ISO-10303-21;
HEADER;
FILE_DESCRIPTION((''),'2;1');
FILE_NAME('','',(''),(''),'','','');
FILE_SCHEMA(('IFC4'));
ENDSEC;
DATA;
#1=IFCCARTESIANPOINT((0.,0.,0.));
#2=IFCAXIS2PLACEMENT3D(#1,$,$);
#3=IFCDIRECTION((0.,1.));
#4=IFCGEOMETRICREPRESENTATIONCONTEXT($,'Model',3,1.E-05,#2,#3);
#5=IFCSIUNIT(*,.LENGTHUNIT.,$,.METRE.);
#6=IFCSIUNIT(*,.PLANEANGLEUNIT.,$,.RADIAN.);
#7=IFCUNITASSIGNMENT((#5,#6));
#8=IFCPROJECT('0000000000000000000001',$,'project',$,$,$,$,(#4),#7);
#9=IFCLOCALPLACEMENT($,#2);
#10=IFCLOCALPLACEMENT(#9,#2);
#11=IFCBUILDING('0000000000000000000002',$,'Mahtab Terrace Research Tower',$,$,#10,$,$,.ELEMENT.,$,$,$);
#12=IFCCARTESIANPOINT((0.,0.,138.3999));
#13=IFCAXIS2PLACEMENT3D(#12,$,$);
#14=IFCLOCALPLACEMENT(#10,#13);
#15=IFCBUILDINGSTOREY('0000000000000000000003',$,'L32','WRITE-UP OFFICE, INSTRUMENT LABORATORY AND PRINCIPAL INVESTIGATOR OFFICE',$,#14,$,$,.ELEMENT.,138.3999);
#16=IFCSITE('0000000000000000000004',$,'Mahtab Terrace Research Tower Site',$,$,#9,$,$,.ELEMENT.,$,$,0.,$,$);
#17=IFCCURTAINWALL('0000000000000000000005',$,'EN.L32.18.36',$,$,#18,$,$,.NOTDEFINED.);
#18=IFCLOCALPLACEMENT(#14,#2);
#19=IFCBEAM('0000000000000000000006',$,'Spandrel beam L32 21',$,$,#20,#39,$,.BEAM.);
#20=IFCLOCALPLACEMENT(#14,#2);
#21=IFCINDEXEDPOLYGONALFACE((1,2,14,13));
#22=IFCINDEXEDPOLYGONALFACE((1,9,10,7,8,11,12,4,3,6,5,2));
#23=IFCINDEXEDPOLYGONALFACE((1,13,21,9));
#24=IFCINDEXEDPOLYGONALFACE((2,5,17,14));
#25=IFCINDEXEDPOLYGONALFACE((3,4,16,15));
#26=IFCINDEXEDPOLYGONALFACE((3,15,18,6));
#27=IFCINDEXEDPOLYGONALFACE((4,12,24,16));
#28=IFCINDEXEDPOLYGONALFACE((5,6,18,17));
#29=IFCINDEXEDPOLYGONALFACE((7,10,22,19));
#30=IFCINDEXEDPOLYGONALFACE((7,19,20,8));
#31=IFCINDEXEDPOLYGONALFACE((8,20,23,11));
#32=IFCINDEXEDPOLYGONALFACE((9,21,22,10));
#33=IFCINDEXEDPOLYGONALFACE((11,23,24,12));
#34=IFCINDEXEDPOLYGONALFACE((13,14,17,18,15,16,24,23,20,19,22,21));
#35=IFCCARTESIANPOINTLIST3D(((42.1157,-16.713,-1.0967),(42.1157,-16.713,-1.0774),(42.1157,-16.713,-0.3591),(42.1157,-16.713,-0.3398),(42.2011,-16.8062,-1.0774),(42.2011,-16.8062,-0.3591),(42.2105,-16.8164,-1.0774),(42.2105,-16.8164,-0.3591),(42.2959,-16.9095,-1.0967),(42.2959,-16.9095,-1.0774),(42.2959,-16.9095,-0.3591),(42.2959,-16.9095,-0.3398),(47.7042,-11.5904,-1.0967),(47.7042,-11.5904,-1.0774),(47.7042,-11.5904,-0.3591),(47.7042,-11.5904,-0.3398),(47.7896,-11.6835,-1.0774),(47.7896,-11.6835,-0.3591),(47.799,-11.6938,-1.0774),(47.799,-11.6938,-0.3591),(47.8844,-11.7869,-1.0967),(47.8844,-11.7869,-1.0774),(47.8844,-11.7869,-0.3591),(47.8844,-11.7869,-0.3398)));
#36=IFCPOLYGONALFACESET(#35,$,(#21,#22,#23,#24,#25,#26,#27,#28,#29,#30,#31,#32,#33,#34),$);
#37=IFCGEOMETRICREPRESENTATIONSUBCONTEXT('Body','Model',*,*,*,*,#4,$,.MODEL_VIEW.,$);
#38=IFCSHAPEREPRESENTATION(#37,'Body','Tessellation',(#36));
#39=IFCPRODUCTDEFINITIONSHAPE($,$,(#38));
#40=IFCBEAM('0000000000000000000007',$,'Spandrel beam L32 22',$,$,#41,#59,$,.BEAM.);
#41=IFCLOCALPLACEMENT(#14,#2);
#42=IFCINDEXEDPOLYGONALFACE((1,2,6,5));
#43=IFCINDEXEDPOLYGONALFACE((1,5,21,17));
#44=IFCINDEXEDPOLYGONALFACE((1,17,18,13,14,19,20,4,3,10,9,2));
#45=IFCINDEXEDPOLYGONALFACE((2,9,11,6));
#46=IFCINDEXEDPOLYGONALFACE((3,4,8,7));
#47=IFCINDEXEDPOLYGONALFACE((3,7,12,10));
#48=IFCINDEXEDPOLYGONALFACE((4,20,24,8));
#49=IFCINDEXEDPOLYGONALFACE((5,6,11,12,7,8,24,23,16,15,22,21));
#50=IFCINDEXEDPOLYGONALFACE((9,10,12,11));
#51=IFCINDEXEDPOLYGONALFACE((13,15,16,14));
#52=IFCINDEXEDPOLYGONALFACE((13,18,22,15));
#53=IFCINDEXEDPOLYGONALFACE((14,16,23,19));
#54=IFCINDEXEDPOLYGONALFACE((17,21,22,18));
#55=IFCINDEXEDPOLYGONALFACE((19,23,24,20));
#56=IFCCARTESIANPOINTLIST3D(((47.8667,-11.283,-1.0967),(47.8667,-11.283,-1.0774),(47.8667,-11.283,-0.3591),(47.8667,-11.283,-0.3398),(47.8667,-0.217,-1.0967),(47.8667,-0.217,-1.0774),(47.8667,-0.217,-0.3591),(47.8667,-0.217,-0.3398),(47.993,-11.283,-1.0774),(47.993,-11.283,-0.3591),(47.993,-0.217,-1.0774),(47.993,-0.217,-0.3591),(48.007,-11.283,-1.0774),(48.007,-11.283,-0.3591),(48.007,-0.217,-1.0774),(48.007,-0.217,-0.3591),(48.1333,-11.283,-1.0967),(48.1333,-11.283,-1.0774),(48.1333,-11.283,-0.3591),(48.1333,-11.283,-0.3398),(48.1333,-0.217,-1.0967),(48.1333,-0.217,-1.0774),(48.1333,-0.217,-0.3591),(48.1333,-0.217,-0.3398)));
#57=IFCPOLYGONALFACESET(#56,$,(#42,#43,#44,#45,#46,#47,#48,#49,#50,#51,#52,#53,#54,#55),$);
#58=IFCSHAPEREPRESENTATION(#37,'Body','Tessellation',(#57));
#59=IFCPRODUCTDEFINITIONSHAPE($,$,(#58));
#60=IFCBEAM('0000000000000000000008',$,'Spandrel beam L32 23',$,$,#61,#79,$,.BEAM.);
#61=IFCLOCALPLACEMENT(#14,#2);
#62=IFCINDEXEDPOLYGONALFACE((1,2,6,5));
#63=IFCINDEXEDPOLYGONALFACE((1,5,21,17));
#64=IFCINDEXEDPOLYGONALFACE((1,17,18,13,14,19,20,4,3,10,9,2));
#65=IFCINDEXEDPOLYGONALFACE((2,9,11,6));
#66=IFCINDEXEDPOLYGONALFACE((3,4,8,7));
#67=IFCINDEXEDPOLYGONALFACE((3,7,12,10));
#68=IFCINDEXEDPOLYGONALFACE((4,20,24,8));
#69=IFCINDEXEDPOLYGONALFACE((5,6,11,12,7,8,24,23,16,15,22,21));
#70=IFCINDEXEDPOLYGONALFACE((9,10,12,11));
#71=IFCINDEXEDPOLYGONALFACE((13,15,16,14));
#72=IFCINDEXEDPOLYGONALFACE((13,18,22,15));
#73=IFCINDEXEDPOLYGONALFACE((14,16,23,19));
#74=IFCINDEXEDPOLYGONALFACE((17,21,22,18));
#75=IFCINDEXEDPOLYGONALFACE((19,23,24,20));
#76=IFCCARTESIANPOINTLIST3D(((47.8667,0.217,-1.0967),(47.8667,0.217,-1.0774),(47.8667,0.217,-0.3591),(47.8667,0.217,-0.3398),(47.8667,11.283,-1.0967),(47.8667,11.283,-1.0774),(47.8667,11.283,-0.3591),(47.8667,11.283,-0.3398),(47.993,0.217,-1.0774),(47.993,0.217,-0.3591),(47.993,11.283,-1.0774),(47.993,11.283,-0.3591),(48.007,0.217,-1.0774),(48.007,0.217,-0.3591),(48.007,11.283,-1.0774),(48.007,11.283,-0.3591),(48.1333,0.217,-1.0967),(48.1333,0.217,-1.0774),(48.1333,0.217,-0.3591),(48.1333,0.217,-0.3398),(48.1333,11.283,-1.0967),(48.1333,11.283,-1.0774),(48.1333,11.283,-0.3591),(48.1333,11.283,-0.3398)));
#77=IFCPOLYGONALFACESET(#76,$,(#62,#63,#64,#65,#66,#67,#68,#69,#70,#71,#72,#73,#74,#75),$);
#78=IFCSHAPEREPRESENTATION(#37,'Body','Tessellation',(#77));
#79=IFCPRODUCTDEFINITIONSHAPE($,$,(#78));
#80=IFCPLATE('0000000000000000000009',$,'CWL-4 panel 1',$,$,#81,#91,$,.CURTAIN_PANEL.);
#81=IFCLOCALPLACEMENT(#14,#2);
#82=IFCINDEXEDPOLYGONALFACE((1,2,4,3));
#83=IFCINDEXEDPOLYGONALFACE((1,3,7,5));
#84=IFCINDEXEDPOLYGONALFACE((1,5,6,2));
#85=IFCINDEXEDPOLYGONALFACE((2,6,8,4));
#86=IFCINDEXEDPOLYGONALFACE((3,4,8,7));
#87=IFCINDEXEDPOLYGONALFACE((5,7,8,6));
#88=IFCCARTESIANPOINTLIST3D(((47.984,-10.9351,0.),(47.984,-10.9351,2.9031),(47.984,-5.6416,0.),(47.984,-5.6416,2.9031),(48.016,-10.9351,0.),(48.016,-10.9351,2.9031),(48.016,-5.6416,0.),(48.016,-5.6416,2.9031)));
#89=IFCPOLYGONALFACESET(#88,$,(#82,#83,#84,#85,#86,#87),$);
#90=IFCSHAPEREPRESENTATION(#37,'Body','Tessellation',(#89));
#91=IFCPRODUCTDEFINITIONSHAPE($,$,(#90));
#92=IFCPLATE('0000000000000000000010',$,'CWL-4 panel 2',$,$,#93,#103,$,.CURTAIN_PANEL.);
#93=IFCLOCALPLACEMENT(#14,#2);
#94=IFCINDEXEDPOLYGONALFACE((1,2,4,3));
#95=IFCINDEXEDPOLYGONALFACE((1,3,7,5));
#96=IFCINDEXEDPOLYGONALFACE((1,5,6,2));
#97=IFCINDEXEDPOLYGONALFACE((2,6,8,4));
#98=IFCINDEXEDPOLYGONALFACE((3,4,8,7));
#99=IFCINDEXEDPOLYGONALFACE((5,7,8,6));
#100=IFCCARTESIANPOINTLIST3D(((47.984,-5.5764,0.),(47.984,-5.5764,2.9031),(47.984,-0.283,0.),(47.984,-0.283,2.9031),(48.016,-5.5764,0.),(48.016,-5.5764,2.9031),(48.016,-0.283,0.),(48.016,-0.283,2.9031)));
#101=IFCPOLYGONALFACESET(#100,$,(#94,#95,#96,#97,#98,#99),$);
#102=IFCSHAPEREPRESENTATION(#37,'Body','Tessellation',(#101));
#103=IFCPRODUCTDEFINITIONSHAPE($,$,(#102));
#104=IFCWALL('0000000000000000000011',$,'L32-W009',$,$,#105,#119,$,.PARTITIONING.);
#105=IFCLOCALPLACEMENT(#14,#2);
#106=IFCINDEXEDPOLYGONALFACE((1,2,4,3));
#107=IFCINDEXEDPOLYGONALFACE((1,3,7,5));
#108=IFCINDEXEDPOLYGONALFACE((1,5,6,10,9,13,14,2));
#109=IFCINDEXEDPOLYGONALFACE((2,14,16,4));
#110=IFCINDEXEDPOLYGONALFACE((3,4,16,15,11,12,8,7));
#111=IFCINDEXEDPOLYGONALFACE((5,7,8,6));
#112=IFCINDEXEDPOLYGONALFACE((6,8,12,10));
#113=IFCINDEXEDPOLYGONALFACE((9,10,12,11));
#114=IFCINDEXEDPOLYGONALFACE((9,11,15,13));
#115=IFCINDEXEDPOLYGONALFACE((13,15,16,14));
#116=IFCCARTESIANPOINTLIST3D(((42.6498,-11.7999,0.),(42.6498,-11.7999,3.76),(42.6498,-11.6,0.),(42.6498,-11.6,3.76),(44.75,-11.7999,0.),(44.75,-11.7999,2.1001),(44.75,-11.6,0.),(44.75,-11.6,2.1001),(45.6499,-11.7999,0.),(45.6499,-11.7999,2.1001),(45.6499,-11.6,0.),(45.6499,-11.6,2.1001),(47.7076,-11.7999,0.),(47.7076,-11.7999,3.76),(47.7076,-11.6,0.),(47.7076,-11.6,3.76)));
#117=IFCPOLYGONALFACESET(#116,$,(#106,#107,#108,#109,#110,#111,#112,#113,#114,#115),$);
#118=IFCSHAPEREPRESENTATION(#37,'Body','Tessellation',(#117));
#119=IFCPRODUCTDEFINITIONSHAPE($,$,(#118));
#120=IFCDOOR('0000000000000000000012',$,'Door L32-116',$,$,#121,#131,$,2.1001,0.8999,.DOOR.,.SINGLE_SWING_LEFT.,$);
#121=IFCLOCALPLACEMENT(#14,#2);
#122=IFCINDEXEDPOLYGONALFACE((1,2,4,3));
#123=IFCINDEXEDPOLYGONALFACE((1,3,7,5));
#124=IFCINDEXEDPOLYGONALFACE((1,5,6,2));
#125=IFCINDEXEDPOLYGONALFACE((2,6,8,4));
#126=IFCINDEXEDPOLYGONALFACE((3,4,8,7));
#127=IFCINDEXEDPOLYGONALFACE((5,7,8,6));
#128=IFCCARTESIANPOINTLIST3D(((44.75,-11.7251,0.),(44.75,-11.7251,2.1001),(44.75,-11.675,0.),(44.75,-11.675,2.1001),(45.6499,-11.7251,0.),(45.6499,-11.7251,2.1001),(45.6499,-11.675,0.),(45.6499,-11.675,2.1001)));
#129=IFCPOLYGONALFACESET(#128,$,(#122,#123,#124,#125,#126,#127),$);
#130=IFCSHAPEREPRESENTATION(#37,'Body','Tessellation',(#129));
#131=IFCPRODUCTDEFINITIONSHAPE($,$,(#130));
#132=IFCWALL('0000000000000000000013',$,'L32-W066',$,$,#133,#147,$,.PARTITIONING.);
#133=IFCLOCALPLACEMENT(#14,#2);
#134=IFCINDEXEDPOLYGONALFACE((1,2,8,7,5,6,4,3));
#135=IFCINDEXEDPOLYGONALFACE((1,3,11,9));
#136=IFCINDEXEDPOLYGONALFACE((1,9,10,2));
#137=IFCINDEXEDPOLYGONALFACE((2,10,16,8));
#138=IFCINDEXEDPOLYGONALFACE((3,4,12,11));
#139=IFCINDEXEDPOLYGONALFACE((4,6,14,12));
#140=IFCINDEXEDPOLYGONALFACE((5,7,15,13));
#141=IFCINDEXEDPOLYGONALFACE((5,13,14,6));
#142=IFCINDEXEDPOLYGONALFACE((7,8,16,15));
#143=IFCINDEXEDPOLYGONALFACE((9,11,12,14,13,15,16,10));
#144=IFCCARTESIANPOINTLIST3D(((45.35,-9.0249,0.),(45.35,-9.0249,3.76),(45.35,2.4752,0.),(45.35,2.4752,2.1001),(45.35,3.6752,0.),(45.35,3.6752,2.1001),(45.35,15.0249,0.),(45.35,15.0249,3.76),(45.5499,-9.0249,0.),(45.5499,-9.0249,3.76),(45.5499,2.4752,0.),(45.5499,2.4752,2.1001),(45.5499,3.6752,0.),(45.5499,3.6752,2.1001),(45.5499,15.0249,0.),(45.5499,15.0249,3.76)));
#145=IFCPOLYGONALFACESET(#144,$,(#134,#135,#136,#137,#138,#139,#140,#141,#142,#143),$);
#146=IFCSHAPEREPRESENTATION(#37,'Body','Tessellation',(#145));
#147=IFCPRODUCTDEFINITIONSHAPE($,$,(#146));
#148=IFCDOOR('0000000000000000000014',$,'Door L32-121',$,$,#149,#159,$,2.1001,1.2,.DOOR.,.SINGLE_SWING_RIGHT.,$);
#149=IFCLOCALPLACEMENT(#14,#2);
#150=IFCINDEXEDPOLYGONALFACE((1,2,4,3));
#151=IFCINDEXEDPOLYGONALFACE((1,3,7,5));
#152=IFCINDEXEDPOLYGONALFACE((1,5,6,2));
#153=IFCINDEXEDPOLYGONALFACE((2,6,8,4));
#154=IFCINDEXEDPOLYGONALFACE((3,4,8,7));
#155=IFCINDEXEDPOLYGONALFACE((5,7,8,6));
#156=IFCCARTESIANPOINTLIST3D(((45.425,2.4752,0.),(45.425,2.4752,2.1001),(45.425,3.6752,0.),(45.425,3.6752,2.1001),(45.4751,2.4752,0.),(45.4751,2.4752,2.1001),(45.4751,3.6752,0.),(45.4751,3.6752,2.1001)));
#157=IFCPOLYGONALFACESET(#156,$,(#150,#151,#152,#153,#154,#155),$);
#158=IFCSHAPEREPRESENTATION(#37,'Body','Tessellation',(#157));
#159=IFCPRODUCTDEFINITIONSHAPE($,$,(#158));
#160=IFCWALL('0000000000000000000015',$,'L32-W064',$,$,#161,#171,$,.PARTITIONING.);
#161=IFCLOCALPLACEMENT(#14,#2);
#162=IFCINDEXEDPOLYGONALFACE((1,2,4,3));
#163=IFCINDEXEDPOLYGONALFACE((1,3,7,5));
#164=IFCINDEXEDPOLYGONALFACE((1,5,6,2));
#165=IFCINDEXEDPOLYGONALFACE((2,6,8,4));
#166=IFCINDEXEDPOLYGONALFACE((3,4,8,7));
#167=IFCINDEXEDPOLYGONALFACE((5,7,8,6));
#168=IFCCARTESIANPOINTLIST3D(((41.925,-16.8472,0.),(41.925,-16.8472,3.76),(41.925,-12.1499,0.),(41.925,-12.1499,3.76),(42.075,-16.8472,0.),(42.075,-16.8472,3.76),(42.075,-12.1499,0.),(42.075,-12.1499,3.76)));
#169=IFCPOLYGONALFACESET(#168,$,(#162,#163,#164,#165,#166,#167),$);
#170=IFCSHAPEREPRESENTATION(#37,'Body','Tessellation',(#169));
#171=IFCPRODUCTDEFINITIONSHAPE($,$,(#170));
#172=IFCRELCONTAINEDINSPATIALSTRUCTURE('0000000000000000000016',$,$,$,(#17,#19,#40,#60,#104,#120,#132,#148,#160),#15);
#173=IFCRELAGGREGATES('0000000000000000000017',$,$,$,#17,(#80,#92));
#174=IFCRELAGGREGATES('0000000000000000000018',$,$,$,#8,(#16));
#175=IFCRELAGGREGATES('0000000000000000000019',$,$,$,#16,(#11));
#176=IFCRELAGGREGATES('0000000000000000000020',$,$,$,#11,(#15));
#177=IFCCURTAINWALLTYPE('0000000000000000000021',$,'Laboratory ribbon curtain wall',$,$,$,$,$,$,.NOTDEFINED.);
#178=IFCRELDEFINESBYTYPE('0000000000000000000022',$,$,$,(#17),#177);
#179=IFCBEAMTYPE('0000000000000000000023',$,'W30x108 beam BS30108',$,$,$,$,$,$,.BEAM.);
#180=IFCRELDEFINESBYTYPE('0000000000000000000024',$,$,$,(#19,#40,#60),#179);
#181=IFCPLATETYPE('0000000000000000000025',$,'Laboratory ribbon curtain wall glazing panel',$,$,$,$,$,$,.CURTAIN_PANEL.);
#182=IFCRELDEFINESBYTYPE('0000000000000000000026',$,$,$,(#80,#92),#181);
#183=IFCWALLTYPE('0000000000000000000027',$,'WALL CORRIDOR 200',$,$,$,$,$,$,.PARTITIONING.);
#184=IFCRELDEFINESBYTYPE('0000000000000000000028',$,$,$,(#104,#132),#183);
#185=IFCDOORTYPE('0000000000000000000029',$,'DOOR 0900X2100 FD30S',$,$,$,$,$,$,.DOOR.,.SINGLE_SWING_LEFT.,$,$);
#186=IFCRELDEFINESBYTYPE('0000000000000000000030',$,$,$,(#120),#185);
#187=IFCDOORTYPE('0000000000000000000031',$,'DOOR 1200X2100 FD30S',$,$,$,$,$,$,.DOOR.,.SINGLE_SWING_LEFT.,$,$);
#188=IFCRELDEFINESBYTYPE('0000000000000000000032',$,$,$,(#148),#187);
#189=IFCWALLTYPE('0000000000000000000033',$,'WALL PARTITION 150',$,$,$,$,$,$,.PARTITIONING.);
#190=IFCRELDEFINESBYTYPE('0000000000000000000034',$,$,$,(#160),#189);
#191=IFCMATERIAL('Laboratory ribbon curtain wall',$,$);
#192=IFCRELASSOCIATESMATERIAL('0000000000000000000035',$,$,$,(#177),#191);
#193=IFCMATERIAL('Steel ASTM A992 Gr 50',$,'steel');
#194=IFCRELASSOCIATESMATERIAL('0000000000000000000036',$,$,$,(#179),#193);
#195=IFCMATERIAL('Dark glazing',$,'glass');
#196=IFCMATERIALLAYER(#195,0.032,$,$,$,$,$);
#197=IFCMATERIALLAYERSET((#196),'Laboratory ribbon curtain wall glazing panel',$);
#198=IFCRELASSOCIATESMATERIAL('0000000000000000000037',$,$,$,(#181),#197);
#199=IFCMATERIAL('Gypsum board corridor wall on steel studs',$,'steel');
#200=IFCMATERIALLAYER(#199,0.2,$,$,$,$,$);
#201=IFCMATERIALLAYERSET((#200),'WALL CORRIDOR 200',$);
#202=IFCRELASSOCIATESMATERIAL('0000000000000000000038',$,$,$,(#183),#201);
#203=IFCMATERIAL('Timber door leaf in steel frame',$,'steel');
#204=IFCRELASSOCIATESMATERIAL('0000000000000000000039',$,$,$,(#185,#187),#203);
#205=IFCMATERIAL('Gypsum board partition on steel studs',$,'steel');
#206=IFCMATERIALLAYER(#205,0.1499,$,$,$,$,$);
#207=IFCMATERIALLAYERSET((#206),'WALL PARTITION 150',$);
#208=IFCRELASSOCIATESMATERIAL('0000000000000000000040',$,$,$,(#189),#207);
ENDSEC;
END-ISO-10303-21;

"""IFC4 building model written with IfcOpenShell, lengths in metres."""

from ifc_helpers import new_model, si_unit, direction, frame, frame_2d, origin, origin_2d, place, context, subcontext, project, spatial, rectangle, i_section, extrude, material, layer, layer_set, material_profile, profile_set, type_object, element, fill, aggregate, save


model = new_model("IFC4")

# Units and contexts
model_context = context("Model", 3, precision=1e-05, world=origin(), true_north=direction((0.0, 1.0)))
body_context = subcontext(model_context, "Body", "Model", "MODEL_VIEW")
ifc_project = project(units=[si_unit("LENGTHUNIT", "METRE"), si_unit("PLANEANGLEUNIT", "RADIAN")], contexts=[model_context])

# Site, building, storey
site_placement = place(None, origin())
site = spatial("IfcSite", under=ifc_project, at=site_placement, Name="Mahtab Terrace Research Tower Site", CompositionType="ELEMENT", RefElevation=0.0)
building_placement = place(site_placement, origin())
building = spatial("IfcBuilding", under=site, at=building_placement, Name="Mahtab Terrace Research Tower", CompositionType="ELEMENT")
storey_placement = place(building_placement, frame((0.0, 0.0, 138.3999)))
storey = spatial("IfcBuildingStorey", under=building, at=storey_placement, Name="L32", Description="WRITE-UP OFFICE, INSTRUMENT LABORATORY AND PRINCIPAL INVESTIGATOR OFFICE", CompositionType="ELEMENT", Elevation=138.3999)

# Shared definitions
ifc_material_1 = material(Name="Steel ASTM A992 Gr 50", Category="steel")

# Curtain wall
ifc_material_2 = material(Name="Laboratory ribbon curtain wall")
curtain_wall_type = type_object("IfcCurtainWallType", Name="Laboratory ribbon curtain wall", PredefinedType="NOTDEFINED", material=ifc_material_2)
curtain_wall_1_placement = place(storey_placement, origin())
curtain_wall_1 = element("IfcCurtainWall", 1, at=curtain_wall_1_placement, inside=storey, type_object=curtain_wall_type, Name="EN.L32.18.36", PredefinedType="NOTDEFINED")

# Beams
ifc_material_profile_1 = material_profile(ifc_material_1, i_section(OverallWidth=0.2666, OverallDepth=0.7568, WebThickness=0.0139, FlangeThickness=0.0193, at=origin_2d()), Name="W30X108")
ifc_profile_set_1 = profile_set([ifc_material_profile_1], Name="Steel ASTM A992 Gr 50")
beam_type = type_object("IfcBeamType", Name="W30x108 beam BS30108", PredefinedType="BEAM", material=ifc_profile_set_1)
beam_placement = place(storey_placement, frame((42.2058, -16.8113, -0.7183), z_axis=(0.737162, 0.675716, 0.0), x_axis=(-0.675716, 0.737162, 0.0)))
element("IfcBeam", 2, at=beam_placement, inside=storey, type_object=beam_type, Name="Spandrel beam L32 21", PredefinedType="BEAM", context=body_context, shape_type="SweptSolid", body=[
    extrude(i_section(OverallWidth=0.2666, OverallDepth=0.7568, WebThickness=0.0139, FlangeThickness=0.0193, at=origin_2d()), origin(), (0.0, 0.0, 1.0), 7.5811),
])
for number, where, z_axis, x_axis, name in (
    (3, (48.0, -11.283, -0.7183), (0.0, 1.0, 0.0), (-1.0, 0.0, 0.0), "Spandrel beam L32 22"),
    (4, (48.0, 0.217, -0.7183), (0.0, 1.0, 0.0), (-1.0, 0.0, 0.0), "Spandrel beam L32 23"),
):
    element("IfcBeam", number, at=place(storey_placement, frame(where, z_axis=z_axis, x_axis=x_axis)), inside=storey, type_object=beam_type, Name=name, PredefinedType="BEAM", context=body_context, shape_type="SweptSolid", body=[
        extrude(i_section(OverallWidth=0.2666, OverallDepth=0.7568, WebThickness=0.0139, FlangeThickness=0.0193, at=origin_2d()), origin(), (0.0, 0.0, 1.0), 11.0659),
    ])

# Plates
ifc_material_3 = material(Name="Dark glazing", Category="glass")
ifc_layer_1 = layer(ifc_material_3, 0.032)
ifc_layer_set_1 = layer_set([ifc_layer_1], Name="Laboratory ribbon curtain wall glazing panel")
plate_type = type_object("IfcPlateType", Name="Laboratory ribbon curtain wall glazing panel", PredefinedType="CURTAIN_PANEL", material=ifc_layer_set_1)
plate_1_placement = place(storey_placement, frame((48.0, -8.2883, 0.0), z_axis=(0.0, 0.0, 1.0), x_axis=(0.0, 1.0, 0.0)))
plate_1 = element("IfcPlate", 5, at=plate_1_placement, type_object=plate_type, Name="CWL-4 panel 1", PredefinedType="CURTAIN_PANEL", context=body_context, shape_type="SweptSolid", body=[
    extrude(rectangle(XDim=5.2935, YDim=0.032, at=origin_2d()), origin(), (0.0, 0.0, 1.0), 2.9031),
])
plate_2_placement = place(storey_placement, frame((48.0, -2.9297, 0.0), z_axis=(0.0, 0.0, 1.0), x_axis=(0.0, 1.0, 0.0)))
plate_2 = element("IfcPlate", 6, at=plate_2_placement, type_object=plate_type, Name="CWL-4 panel 2", PredefinedType="CURTAIN_PANEL", context=body_context, shape_type="SweptSolid", body=[
    extrude(rectangle(XDim=5.2935, YDim=0.032, at=origin_2d()), origin(), (0.0, 0.0, 1.0), 2.9031),
])
aggregate(curtain_wall_1, [plate_1, plate_2])

# Walls, openings, doors
ifc_material_4 = material(Name="Gypsum board corridor wall on steel studs", Category="steel")
ifc_layer_2 = layer(ifc_material_4, 0.2)
ifc_layer_set_2 = layer_set([ifc_layer_2], Name="WALL CORRIDOR 200")
wall_type_1 = type_object("IfcWallType", Name="WALL CORRIDOR 200", PredefinedType="PARTITIONING", material=ifc_layer_set_2)
wall_1_placement = place(storey_placement, frame((42.6499, -11.7, 0.0), z_axis=(0.0, 0.0, 1.0), x_axis=(1.0, 0.0, 0.0)))
wall_1 = element("IfcWall", 7, at=wall_1_placement, inside=storey, type_object=wall_type_1, Name="L32-W009", PredefinedType="PARTITIONING", context=body_context, shape_type="SweptSolid", body=[
    extrude(rectangle(XDim=5.0579, YDim=0.2, at=frame_2d((2.5288, 0.0))), origin(), (0.0, 0.0, 1.0), 3.76),
])
opening_1_placement = place(wall_1_placement, frame((2.1001, 0.0, 0.0)))
opening_1 = element("IfcOpeningElement", 8, at=opening_1_placement, cuts=wall_1, PredefinedType="OPENING", context=body_context, shape_type="SweptSolid", body=[
    extrude(rectangle(XDim=0.8999, YDim=2.1001, at=frame_2d((0.45, 1.05))), frame((0.0, 0.1099, 0.0), z_axis=(0.0, -1.0, 0.0), x_axis=(1.0, 0.0, 0.0)), (0.0, 0.0, 1.0), 0.22),
])
ifc_material_5 = material(Name="Timber door leaf in steel frame", Category="steel")
door_type_1 = type_object("IfcDoorType", Name="DOOR 0900X2100 FD30S", OperationType="SINGLE_SWING_LEFT", PredefinedType="DOOR", material=ifc_material_5)
door_1_placement = place(opening_1_placement, origin())
door_1 = element("IfcDoor", 9, at=door_1_placement, inside=storey, type_object=door_type_1, Name="Door L32-116", OperationType="SINGLE_SWING_LEFT", OverallHeight=2.1001, OverallWidth=0.8999, PredefinedType="DOOR", context=body_context, shape_type="SweptSolid", body=[
    extrude(rectangle(XDim=0.8999, YDim=2.1001, at=frame_2d((0.45, 1.05))), frame((0.0, 0.0249, 0.0), z_axis=(0.0, -1.0, 0.0), x_axis=(1.0, 0.0, 0.0)), (0.0, 0.0, 1.0), 0.05),
])
fill(opening_1, door_1)
wall_2_placement = place(storey_placement, frame((45.45, -9.0249, 0.0), z_axis=(0.0, 0.0, 1.0), x_axis=(0.0, 1.0, 0.0)))
wall_2 = element("IfcWall", 10, at=wall_2_placement, inside=storey, type_object=wall_type_1, Name="L32-W066", PredefinedType="PARTITIONING", context=body_context, shape_type="SweptSolid", body=[
    extrude(rectangle(XDim=24.0498, YDim=0.2, at=frame_2d((12.0249, 0.0))), origin(), (0.0, 0.0, 1.0), 3.76),
])
opening_2_placement = place(wall_2_placement, frame((11.5, 0.0, 0.0)))
opening_2 = element("IfcOpeningElement", 11, at=opening_2_placement, cuts=wall_2, PredefinedType="OPENING", context=body_context, shape_type="SweptSolid", body=[
    extrude(rectangle(XDim=1.2, YDim=2.1001, at=frame_2d((0.6001, 1.05))), frame((0.0, 0.1099, 0.0), z_axis=(0.0, -1.0, 0.0), x_axis=(1.0, 0.0, 0.0)), (0.0, 0.0, 1.0), 0.22),
])
door_type_2 = type_object("IfcDoorType", Name="DOOR 1200X2100 FD30S", OperationType="SINGLE_SWING_LEFT", PredefinedType="DOOR", material=ifc_material_5)
door_2_placement = place(opening_2_placement, origin())
door_2 = element("IfcDoor", 12, at=door_2_placement, inside=storey, type_object=door_type_2, Name="Door L32-121", OperationType="SINGLE_SWING_RIGHT", OverallHeight=2.1001, OverallWidth=1.2, PredefinedType="DOOR", context=body_context, shape_type="SweptSolid", body=[
    extrude(rectangle(XDim=1.2, YDim=2.1001, at=frame_2d((0.6001, 1.05))), frame((0.0, 0.0249, 0.0), z_axis=(0.0, -1.0, 0.0), x_axis=(1.0, 0.0, 0.0)), (0.0, 0.0, 1.0), 0.05),
])
fill(opening_2, door_2)

# Wall
ifc_material_6 = material(Name="Gypsum board partition on steel studs", Category="steel")
ifc_layer_3 = layer(ifc_material_6, 0.1499)
ifc_layer_set_3 = layer_set([ifc_layer_3], Name="WALL PARTITION 150")
wall_type_2 = type_object("IfcWallType", Name="WALL PARTITION 150", PredefinedType="PARTITIONING", material=ifc_layer_set_3)
wall_3_placement = place(storey_placement, frame((42.0, -16.8472, 0.0), z_axis=(0.0, 0.0, 1.0), x_axis=(0.0, 1.0, 0.0)))
element("IfcWall", 13, at=wall_3_placement, inside=storey, type_object=wall_type_2, Name="L32-W064", PredefinedType="PARTITIONING", context=body_context, shape_type="SweptSolid", body=[
    extrude(rectangle(XDim=4.6973, YDim=0.1499, at=frame_2d((2.3486, 0.0))), origin(), (0.0, 0.0, 1.0), 3.76),
])

save(model, "model.ifc")
